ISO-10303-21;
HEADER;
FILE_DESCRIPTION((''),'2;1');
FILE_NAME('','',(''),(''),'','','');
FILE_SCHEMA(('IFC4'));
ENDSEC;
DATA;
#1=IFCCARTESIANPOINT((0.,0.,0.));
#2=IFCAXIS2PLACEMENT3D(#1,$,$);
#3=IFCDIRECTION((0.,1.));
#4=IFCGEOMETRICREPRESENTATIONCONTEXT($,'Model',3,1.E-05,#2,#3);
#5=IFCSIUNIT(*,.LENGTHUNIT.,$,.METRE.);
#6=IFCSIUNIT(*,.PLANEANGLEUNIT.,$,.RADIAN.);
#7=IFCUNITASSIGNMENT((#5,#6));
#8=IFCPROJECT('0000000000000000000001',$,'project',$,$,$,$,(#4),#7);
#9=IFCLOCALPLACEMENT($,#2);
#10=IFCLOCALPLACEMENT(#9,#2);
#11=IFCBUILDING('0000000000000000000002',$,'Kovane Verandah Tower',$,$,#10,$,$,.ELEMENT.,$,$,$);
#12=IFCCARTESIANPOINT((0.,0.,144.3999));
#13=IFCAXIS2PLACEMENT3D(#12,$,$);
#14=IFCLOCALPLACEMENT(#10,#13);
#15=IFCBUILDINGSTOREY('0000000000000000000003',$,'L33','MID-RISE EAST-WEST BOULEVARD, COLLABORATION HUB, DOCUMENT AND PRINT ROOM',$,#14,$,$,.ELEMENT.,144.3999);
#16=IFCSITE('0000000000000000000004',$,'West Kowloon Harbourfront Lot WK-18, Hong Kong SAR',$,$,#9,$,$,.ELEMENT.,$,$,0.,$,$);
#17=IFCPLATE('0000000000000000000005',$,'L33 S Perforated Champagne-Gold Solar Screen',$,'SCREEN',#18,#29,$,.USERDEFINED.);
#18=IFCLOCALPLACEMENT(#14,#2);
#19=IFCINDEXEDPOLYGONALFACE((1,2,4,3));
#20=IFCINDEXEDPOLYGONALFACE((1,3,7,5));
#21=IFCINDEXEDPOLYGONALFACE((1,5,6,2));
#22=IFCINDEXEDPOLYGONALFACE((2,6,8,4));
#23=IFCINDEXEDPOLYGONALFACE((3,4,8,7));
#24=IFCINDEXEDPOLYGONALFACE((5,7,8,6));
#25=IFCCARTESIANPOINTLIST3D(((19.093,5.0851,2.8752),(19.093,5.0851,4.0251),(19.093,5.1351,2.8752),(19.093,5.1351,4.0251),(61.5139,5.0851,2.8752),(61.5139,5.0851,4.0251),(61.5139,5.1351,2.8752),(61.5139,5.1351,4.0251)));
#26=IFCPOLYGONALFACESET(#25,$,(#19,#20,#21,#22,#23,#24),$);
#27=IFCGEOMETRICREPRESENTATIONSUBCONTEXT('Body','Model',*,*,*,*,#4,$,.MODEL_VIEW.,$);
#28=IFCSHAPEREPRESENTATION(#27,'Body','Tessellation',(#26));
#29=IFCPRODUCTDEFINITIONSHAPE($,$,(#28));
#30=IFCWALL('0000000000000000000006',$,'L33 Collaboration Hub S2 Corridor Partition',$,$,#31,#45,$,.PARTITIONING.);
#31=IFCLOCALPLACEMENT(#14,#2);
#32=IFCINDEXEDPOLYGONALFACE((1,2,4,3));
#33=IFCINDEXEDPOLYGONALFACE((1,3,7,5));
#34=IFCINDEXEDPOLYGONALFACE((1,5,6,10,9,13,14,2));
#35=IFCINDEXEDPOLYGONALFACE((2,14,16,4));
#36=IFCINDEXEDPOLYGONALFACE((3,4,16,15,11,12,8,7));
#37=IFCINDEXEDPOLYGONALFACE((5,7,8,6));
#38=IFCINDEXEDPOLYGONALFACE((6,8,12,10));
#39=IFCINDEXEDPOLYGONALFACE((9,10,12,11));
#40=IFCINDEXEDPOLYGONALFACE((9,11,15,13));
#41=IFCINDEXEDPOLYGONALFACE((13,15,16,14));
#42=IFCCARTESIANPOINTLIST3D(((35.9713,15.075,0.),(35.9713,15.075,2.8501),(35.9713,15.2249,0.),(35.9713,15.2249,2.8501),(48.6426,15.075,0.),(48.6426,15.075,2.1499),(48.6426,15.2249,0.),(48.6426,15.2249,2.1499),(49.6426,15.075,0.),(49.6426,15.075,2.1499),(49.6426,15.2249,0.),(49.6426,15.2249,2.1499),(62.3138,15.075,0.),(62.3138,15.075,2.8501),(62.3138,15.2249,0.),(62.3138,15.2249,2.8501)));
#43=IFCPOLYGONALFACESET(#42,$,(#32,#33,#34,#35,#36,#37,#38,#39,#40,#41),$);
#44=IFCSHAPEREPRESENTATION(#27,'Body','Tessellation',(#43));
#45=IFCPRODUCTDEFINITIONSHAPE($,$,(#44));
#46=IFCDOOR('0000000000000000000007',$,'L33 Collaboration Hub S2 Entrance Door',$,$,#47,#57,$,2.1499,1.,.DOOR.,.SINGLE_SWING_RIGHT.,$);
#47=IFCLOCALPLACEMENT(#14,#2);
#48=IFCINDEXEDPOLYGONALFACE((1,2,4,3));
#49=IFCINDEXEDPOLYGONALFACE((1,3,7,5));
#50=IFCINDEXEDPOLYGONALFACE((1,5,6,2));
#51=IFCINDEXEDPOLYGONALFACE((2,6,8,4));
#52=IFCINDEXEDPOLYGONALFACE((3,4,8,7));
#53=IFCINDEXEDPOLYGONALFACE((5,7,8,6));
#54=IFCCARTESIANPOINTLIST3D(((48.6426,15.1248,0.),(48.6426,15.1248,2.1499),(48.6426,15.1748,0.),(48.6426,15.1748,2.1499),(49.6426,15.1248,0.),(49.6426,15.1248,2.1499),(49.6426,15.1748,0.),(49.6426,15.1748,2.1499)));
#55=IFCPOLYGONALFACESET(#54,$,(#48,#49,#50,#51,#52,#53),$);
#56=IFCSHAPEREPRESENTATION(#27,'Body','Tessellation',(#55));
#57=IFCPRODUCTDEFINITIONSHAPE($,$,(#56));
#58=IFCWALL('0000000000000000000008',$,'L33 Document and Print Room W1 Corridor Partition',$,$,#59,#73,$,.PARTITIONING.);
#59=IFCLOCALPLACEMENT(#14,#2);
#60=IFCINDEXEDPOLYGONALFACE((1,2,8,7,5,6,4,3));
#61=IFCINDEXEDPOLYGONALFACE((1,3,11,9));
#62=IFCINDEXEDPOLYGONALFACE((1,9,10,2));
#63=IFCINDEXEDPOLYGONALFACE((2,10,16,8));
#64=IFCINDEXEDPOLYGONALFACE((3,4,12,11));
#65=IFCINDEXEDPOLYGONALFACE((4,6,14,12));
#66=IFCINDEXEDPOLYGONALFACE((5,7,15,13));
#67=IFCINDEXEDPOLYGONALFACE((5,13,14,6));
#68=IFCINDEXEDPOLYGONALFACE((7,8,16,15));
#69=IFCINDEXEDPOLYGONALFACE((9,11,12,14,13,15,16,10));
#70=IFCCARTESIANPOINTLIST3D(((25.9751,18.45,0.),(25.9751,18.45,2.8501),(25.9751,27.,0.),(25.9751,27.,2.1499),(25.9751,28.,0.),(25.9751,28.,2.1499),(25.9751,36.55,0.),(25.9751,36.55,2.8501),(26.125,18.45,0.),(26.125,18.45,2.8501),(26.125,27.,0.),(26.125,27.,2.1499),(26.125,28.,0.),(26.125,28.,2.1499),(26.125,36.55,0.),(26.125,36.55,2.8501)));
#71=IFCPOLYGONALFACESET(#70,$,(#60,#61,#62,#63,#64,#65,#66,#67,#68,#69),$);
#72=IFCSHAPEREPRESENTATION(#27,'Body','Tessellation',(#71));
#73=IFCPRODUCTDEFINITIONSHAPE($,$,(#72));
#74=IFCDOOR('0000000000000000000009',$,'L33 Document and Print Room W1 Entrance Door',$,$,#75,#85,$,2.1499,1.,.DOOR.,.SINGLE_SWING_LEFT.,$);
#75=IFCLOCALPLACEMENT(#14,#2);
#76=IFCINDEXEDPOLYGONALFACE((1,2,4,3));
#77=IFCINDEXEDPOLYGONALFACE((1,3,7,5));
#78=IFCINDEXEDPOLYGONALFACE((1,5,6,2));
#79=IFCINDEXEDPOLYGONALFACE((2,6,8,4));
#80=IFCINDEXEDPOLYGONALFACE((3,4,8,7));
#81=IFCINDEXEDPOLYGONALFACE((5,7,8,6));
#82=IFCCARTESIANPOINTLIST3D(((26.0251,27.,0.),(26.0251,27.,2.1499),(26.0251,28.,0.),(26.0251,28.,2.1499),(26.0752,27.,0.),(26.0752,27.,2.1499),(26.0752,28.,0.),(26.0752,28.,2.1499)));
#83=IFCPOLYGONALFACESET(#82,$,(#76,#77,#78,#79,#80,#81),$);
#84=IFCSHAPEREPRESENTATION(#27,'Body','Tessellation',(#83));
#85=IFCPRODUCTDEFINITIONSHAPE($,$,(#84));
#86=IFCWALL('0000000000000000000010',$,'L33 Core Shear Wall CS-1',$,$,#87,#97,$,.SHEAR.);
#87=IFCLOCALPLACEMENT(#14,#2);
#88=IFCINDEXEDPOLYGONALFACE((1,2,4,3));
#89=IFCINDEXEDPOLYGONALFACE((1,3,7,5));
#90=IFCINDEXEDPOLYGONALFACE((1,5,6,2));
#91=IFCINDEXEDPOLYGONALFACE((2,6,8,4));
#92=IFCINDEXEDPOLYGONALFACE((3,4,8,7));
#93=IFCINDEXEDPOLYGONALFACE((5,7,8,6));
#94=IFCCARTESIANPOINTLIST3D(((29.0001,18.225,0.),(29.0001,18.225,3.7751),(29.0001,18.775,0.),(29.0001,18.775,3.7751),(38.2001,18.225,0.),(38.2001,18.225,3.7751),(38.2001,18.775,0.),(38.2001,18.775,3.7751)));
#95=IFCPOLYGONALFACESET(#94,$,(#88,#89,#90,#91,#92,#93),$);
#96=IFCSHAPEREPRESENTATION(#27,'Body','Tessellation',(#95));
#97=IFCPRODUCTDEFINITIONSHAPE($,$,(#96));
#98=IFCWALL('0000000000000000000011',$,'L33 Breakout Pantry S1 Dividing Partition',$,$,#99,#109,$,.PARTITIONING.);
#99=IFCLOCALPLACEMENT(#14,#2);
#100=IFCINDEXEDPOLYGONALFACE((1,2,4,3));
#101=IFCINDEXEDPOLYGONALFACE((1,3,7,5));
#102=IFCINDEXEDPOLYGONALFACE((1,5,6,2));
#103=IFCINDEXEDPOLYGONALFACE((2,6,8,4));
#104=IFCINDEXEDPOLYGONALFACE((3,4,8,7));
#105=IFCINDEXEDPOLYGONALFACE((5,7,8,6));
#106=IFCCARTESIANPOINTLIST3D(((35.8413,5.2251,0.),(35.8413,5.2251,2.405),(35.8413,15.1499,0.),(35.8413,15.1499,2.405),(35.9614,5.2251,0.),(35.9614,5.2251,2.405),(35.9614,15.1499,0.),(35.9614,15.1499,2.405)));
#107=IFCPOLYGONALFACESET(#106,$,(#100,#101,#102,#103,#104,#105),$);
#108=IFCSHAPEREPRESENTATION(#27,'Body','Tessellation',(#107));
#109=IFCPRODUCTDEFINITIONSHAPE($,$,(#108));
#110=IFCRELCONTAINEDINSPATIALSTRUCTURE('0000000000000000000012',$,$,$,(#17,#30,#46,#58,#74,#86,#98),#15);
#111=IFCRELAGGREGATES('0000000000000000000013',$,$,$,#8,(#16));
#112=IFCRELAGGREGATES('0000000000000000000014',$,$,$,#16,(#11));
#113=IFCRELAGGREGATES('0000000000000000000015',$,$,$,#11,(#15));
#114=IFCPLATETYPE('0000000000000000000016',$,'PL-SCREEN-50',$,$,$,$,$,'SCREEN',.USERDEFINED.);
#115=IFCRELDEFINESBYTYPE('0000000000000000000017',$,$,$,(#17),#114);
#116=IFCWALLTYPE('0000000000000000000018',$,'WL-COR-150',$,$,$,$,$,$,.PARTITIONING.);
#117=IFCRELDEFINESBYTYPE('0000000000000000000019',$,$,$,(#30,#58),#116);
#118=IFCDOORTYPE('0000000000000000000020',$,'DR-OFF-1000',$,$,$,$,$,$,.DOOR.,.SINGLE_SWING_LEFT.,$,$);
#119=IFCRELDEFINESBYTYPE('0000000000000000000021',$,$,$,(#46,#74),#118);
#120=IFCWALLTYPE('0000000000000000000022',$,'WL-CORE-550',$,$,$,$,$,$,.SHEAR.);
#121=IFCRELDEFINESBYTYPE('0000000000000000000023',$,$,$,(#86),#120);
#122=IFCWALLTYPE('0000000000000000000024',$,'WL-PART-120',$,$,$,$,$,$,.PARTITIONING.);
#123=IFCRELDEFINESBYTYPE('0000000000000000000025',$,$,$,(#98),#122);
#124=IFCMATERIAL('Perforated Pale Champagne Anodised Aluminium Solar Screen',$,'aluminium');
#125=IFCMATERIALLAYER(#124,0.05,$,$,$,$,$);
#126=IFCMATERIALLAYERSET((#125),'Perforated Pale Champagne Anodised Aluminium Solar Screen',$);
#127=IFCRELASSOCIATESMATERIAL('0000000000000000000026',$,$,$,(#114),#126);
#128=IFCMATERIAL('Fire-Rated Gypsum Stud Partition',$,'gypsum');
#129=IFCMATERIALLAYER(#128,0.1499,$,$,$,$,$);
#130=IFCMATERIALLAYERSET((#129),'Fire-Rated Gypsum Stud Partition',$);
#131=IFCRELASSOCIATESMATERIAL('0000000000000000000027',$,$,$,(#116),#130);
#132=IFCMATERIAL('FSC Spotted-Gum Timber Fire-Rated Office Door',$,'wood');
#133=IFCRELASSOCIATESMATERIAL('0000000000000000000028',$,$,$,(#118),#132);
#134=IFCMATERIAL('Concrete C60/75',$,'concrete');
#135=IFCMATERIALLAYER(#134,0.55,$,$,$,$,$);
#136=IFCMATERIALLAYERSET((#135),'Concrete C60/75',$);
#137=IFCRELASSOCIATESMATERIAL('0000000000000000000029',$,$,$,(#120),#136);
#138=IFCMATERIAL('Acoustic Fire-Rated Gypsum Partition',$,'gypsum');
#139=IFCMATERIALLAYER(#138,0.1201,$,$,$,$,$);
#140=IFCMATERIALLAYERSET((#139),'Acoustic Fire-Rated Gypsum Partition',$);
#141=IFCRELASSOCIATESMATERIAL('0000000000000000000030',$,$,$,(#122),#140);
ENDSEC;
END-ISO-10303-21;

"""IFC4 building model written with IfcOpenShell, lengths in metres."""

from ifc_helpers import new_model, si_unit, direction, frame, frame_2d, origin, origin_2d, place, context, subcontext, project, spatial, rectangle, extrude, material, layer, layer_set, type_object, element, fill, save


model = new_model("IFC4")

# Units and contexts
model_context = context("Model", 3, precision=1e-05, world=origin(), true_north=direction((0.0, 1.0)))
body_context = subcontext(model_context, "Body", "Model", "MODEL_VIEW")
ifc_project = project(units=[si_unit("LENGTHUNIT", "METRE"), si_unit("PLANEANGLEUNIT", "RADIAN")], contexts=[model_context])

# Site, building, storey
site_placement = place(None, origin())
site = spatial("IfcSite", under=ifc_project, at=site_placement, Name="West Kowloon Harbourfront Lot WK-18, Hong Kong SAR", CompositionType="ELEMENT", RefElevation=0.0)
building_placement = place(site_placement, origin())
building = spatial("IfcBuilding", under=site, at=building_placement, Name="Kovane Verandah Tower", CompositionType="ELEMENT")
storey_placement = place(building_placement, frame((0.0, 0.0, 144.3999)))
storey = spatial("IfcBuildingStorey", under=building, at=storey_placement, Name="L33", Description="MID-RISE EAST-WEST BOULEVARD, COLLABORATION HUB, DOCUMENT AND PRINT ROOM", CompositionType="ELEMENT", Elevation=144.3999)

# Plate
ifc_material_1 = material(Name="Perforated Pale Champagne Anodised Aluminium Solar Screen", Category="aluminium")
ifc_layer_1 = layer(ifc_material_1, 0.05)
ifc_layer_set_1 = layer_set([ifc_layer_1], Name="Perforated Pale Champagne Anodised Aluminium Solar Screen")
plate_type = type_object("IfcPlateType", Name="PL-SCREEN-50", ElementType="SCREEN", PredefinedType="USERDEFINED", material=ifc_layer_set_1)
plate_placement = place(storey_placement, frame((40.3035, 5.1101, 2.8752), z_axis=(0.0, 0.0, 1.0), x_axis=(1.0, 0.0, 0.0)))
element("IfcPlate", 1, at=plate_placement, inside=storey, type_object=plate_type, Name="L33 S Perforated Champagne-Gold Solar Screen", ObjectType="SCREEN", PredefinedType="USERDEFINED", context=body_context, shape_type="SweptSolid", body=[
    extrude(rectangle(XDim=42.4209, YDim=0.05, at=origin_2d()), origin(), (0.0, 0.0, 1.0), 1.1499),
])

# Walls, openings, doors
ifc_material_2 = material(Name="Fire-Rated Gypsum Stud Partition", Category="gypsum")
ifc_layer_2 = layer(ifc_material_2, 0.1499)
ifc_layer_set_2 = layer_set([ifc_layer_2], Name="Fire-Rated Gypsum Stud Partition")
wall_type_1 = type_object("IfcWallType", Name="WL-COR-150", PredefinedType="PARTITIONING", material=ifc_layer_set_2)
wall_1_placement = place(storey_placement, frame((35.9712, 15.1499, 0.0), z_axis=(0.0, 0.0, 1.0), x_axis=(1.0, 0.0, 0.0)))
wall_1 = element("IfcWall", 2, at=wall_1_placement, inside=storey, type_object=wall_type_1, Name="L33 Collaboration Hub S2 Corridor Partition", PredefinedType="PARTITIONING", context=body_context, shape_type="SweptSolid", body=[
    extrude(rectangle(XDim=26.3425, YDim=0.1499, at=frame_2d((13.1714, 0.0))), origin(), (0.0, 0.0, 1.0), 2.8501),
])
opening_1_placement = place(wall_1_placement, frame((12.6714, 0.0, 0.0)))
opening_1 = element("IfcOpeningElement", 3, at=opening_1_placement, cuts=wall_1, PredefinedType="OPENING", context=body_context, shape_type="SweptSolid", body=[
    extrude(rectangle(XDim=1.0, YDim=2.1499, at=frame_2d((0.5, 1.075))), frame((0.0, 0.075, 0.0), z_axis=(0.0, -1.0, 0.0), x_axis=(1.0, 0.0, 0.0)), (0.0, 0.0, 1.0), 0.1499),
])
ifc_material_3 = material(Name="FSC Spotted-Gum Timber Fire-Rated Office Door", Category="wood")
door_type = type_object("IfcDoorType", Name="DR-OFF-1000", OperationType="SINGLE_SWING_LEFT", PredefinedType="DOOR", material=ifc_material_3)
door_1_placement = place(opening_1_placement, origin())
door_1 = element("IfcDoor", 4, at=door_1_placement, inside=storey, type_object=door_type, Name="L33 Collaboration Hub S2 Entrance Door", OperationType="SINGLE_SWING_RIGHT", OverallHeight=2.1499, OverallWidth=1.0, PredefinedType="DOOR", context=body_context, shape_type="SweptSolid", body=[
    extrude(rectangle(XDim=1.0, YDim=2.1499, at=frame_2d((0.5, 1.075))), frame((0.0, 0.0249, 0.0), z_axis=(0.0, -1.0, 0.0), x_axis=(1.0, 0.0, 0.0)), (0.0, 0.0, 1.0), 0.05),
])
fill(opening_1, door_1)
wall_2_placement = place(storey_placement, frame((26.05, 18.45, 0.0), z_axis=(0.0, 0.0, 1.0), x_axis=(0.0, 1.0, 0.0)))
wall_2 = element("IfcWall", 5, at=wall_2_placement, inside=storey, type_object=wall_type_1, Name="L33 Document and Print Room W1 Corridor Partition", PredefinedType="PARTITIONING", context=body_context, shape_type="SweptSolid", body=[
    extrude(rectangle(XDim=18.1001, YDim=0.1499, at=frame_2d((9.05, 0.0))), origin(), (0.0, 0.0, 1.0), 2.8501),
])
opening_2_placement = place(wall_2_placement, frame((8.55, 0.0, 0.0)))
opening_2 = element("IfcOpeningElement", 6, at=opening_2_placement, cuts=wall_2, PredefinedType="OPENING", context=body_context, shape_type="SweptSolid", body=[
    extrude(rectangle(XDim=1.0, YDim=2.1499, at=frame_2d((0.5, 1.075))), frame((0.0, 0.075, 0.0), z_axis=(0.0, -1.0, 0.0), x_axis=(1.0, 0.0, 0.0)), (0.0, 0.0, 1.0), 0.1499),
])
door_2_placement = place(opening_2_placement, origin())
door_2 = element("IfcDoor", 7, at=door_2_placement, inside=storey, type_object=door_type, Name="L33 Document and Print Room W1 Entrance Door", OperationType="SINGLE_SWING_LEFT", OverallHeight=2.1499, OverallWidth=1.0, PredefinedType="DOOR", context=body_context, shape_type="SweptSolid", body=[
    extrude(rectangle(XDim=1.0, YDim=2.1499, at=frame_2d((0.5, 1.075))), frame((0.0, 0.0249, 0.0), z_axis=(0.0, -1.0, 0.0), x_axis=(1.0, 0.0, 0.0)), (0.0, 0.0, 1.0), 0.05),
])
fill(opening_2, door_2)

# Walls
ifc_material_4 = material(Name="Concrete C60/75", Category="concrete")
ifc_layer_3 = layer(ifc_material_4, 0.55)
ifc_layer_set_3 = layer_set([ifc_layer_3], Name="Concrete C60/75")
wall_type_2 = type_object("IfcWallType", Name="WL-CORE-550", PredefinedType="SHEAR", material=ifc_layer_set_3)
wall_3_placement = place(storey_placement, frame((29.0, 18.5, 0.0), z_axis=(0.0, 0.0, 1.0), x_axis=(1.0, 0.0, 0.0)))
element("IfcWall", 8, at=wall_3_placement, inside=storey, type_object=wall_type_2, Name="L33 Core Shear Wall CS-1", PredefinedType="SHEAR", context=body_context, shape_type="SweptSolid", body=[
    extrude(rectangle(XDim=9.2, YDim=0.55, at=frame_2d((4.6001, 0.0))), origin(), (0.0, 0.0, 1.0), 3.7751),
])
ifc_material_5 = material(Name="Acoustic Fire-Rated Gypsum Partition", Category="gypsum")
ifc_layer_4 = layer(ifc_material_5, 0.1201)
ifc_layer_set_4 = layer_set([ifc_layer_4], Name="Acoustic Fire-Rated Gypsum Partition")
wall_type_3 = type_object("IfcWallType", Name="WL-PART-120", PredefinedType="PARTITIONING", material=ifc_layer_set_4)
wall_4_placement = place(storey_placement, frame((35.9014, 5.2251, 0.0), z_axis=(0.0, 0.0, 1.0), x_axis=(0.0, 1.0, 0.0)))
element("IfcWall", 9, at=wall_4_placement, inside=storey, type_object=wall_type_3, Name="L33 Breakout Pantry S1 Dividing Partition", PredefinedType="PARTITIONING", context=body_context, shape_type="SweptSolid", body=[
    extrude(rectangle(XDim=9.9248, YDim=0.1201, at=frame_2d((4.9624, 0.0))), origin(), (0.0, 0.0, 1.0), 2.405),
])

save(model, "model.ifc")
